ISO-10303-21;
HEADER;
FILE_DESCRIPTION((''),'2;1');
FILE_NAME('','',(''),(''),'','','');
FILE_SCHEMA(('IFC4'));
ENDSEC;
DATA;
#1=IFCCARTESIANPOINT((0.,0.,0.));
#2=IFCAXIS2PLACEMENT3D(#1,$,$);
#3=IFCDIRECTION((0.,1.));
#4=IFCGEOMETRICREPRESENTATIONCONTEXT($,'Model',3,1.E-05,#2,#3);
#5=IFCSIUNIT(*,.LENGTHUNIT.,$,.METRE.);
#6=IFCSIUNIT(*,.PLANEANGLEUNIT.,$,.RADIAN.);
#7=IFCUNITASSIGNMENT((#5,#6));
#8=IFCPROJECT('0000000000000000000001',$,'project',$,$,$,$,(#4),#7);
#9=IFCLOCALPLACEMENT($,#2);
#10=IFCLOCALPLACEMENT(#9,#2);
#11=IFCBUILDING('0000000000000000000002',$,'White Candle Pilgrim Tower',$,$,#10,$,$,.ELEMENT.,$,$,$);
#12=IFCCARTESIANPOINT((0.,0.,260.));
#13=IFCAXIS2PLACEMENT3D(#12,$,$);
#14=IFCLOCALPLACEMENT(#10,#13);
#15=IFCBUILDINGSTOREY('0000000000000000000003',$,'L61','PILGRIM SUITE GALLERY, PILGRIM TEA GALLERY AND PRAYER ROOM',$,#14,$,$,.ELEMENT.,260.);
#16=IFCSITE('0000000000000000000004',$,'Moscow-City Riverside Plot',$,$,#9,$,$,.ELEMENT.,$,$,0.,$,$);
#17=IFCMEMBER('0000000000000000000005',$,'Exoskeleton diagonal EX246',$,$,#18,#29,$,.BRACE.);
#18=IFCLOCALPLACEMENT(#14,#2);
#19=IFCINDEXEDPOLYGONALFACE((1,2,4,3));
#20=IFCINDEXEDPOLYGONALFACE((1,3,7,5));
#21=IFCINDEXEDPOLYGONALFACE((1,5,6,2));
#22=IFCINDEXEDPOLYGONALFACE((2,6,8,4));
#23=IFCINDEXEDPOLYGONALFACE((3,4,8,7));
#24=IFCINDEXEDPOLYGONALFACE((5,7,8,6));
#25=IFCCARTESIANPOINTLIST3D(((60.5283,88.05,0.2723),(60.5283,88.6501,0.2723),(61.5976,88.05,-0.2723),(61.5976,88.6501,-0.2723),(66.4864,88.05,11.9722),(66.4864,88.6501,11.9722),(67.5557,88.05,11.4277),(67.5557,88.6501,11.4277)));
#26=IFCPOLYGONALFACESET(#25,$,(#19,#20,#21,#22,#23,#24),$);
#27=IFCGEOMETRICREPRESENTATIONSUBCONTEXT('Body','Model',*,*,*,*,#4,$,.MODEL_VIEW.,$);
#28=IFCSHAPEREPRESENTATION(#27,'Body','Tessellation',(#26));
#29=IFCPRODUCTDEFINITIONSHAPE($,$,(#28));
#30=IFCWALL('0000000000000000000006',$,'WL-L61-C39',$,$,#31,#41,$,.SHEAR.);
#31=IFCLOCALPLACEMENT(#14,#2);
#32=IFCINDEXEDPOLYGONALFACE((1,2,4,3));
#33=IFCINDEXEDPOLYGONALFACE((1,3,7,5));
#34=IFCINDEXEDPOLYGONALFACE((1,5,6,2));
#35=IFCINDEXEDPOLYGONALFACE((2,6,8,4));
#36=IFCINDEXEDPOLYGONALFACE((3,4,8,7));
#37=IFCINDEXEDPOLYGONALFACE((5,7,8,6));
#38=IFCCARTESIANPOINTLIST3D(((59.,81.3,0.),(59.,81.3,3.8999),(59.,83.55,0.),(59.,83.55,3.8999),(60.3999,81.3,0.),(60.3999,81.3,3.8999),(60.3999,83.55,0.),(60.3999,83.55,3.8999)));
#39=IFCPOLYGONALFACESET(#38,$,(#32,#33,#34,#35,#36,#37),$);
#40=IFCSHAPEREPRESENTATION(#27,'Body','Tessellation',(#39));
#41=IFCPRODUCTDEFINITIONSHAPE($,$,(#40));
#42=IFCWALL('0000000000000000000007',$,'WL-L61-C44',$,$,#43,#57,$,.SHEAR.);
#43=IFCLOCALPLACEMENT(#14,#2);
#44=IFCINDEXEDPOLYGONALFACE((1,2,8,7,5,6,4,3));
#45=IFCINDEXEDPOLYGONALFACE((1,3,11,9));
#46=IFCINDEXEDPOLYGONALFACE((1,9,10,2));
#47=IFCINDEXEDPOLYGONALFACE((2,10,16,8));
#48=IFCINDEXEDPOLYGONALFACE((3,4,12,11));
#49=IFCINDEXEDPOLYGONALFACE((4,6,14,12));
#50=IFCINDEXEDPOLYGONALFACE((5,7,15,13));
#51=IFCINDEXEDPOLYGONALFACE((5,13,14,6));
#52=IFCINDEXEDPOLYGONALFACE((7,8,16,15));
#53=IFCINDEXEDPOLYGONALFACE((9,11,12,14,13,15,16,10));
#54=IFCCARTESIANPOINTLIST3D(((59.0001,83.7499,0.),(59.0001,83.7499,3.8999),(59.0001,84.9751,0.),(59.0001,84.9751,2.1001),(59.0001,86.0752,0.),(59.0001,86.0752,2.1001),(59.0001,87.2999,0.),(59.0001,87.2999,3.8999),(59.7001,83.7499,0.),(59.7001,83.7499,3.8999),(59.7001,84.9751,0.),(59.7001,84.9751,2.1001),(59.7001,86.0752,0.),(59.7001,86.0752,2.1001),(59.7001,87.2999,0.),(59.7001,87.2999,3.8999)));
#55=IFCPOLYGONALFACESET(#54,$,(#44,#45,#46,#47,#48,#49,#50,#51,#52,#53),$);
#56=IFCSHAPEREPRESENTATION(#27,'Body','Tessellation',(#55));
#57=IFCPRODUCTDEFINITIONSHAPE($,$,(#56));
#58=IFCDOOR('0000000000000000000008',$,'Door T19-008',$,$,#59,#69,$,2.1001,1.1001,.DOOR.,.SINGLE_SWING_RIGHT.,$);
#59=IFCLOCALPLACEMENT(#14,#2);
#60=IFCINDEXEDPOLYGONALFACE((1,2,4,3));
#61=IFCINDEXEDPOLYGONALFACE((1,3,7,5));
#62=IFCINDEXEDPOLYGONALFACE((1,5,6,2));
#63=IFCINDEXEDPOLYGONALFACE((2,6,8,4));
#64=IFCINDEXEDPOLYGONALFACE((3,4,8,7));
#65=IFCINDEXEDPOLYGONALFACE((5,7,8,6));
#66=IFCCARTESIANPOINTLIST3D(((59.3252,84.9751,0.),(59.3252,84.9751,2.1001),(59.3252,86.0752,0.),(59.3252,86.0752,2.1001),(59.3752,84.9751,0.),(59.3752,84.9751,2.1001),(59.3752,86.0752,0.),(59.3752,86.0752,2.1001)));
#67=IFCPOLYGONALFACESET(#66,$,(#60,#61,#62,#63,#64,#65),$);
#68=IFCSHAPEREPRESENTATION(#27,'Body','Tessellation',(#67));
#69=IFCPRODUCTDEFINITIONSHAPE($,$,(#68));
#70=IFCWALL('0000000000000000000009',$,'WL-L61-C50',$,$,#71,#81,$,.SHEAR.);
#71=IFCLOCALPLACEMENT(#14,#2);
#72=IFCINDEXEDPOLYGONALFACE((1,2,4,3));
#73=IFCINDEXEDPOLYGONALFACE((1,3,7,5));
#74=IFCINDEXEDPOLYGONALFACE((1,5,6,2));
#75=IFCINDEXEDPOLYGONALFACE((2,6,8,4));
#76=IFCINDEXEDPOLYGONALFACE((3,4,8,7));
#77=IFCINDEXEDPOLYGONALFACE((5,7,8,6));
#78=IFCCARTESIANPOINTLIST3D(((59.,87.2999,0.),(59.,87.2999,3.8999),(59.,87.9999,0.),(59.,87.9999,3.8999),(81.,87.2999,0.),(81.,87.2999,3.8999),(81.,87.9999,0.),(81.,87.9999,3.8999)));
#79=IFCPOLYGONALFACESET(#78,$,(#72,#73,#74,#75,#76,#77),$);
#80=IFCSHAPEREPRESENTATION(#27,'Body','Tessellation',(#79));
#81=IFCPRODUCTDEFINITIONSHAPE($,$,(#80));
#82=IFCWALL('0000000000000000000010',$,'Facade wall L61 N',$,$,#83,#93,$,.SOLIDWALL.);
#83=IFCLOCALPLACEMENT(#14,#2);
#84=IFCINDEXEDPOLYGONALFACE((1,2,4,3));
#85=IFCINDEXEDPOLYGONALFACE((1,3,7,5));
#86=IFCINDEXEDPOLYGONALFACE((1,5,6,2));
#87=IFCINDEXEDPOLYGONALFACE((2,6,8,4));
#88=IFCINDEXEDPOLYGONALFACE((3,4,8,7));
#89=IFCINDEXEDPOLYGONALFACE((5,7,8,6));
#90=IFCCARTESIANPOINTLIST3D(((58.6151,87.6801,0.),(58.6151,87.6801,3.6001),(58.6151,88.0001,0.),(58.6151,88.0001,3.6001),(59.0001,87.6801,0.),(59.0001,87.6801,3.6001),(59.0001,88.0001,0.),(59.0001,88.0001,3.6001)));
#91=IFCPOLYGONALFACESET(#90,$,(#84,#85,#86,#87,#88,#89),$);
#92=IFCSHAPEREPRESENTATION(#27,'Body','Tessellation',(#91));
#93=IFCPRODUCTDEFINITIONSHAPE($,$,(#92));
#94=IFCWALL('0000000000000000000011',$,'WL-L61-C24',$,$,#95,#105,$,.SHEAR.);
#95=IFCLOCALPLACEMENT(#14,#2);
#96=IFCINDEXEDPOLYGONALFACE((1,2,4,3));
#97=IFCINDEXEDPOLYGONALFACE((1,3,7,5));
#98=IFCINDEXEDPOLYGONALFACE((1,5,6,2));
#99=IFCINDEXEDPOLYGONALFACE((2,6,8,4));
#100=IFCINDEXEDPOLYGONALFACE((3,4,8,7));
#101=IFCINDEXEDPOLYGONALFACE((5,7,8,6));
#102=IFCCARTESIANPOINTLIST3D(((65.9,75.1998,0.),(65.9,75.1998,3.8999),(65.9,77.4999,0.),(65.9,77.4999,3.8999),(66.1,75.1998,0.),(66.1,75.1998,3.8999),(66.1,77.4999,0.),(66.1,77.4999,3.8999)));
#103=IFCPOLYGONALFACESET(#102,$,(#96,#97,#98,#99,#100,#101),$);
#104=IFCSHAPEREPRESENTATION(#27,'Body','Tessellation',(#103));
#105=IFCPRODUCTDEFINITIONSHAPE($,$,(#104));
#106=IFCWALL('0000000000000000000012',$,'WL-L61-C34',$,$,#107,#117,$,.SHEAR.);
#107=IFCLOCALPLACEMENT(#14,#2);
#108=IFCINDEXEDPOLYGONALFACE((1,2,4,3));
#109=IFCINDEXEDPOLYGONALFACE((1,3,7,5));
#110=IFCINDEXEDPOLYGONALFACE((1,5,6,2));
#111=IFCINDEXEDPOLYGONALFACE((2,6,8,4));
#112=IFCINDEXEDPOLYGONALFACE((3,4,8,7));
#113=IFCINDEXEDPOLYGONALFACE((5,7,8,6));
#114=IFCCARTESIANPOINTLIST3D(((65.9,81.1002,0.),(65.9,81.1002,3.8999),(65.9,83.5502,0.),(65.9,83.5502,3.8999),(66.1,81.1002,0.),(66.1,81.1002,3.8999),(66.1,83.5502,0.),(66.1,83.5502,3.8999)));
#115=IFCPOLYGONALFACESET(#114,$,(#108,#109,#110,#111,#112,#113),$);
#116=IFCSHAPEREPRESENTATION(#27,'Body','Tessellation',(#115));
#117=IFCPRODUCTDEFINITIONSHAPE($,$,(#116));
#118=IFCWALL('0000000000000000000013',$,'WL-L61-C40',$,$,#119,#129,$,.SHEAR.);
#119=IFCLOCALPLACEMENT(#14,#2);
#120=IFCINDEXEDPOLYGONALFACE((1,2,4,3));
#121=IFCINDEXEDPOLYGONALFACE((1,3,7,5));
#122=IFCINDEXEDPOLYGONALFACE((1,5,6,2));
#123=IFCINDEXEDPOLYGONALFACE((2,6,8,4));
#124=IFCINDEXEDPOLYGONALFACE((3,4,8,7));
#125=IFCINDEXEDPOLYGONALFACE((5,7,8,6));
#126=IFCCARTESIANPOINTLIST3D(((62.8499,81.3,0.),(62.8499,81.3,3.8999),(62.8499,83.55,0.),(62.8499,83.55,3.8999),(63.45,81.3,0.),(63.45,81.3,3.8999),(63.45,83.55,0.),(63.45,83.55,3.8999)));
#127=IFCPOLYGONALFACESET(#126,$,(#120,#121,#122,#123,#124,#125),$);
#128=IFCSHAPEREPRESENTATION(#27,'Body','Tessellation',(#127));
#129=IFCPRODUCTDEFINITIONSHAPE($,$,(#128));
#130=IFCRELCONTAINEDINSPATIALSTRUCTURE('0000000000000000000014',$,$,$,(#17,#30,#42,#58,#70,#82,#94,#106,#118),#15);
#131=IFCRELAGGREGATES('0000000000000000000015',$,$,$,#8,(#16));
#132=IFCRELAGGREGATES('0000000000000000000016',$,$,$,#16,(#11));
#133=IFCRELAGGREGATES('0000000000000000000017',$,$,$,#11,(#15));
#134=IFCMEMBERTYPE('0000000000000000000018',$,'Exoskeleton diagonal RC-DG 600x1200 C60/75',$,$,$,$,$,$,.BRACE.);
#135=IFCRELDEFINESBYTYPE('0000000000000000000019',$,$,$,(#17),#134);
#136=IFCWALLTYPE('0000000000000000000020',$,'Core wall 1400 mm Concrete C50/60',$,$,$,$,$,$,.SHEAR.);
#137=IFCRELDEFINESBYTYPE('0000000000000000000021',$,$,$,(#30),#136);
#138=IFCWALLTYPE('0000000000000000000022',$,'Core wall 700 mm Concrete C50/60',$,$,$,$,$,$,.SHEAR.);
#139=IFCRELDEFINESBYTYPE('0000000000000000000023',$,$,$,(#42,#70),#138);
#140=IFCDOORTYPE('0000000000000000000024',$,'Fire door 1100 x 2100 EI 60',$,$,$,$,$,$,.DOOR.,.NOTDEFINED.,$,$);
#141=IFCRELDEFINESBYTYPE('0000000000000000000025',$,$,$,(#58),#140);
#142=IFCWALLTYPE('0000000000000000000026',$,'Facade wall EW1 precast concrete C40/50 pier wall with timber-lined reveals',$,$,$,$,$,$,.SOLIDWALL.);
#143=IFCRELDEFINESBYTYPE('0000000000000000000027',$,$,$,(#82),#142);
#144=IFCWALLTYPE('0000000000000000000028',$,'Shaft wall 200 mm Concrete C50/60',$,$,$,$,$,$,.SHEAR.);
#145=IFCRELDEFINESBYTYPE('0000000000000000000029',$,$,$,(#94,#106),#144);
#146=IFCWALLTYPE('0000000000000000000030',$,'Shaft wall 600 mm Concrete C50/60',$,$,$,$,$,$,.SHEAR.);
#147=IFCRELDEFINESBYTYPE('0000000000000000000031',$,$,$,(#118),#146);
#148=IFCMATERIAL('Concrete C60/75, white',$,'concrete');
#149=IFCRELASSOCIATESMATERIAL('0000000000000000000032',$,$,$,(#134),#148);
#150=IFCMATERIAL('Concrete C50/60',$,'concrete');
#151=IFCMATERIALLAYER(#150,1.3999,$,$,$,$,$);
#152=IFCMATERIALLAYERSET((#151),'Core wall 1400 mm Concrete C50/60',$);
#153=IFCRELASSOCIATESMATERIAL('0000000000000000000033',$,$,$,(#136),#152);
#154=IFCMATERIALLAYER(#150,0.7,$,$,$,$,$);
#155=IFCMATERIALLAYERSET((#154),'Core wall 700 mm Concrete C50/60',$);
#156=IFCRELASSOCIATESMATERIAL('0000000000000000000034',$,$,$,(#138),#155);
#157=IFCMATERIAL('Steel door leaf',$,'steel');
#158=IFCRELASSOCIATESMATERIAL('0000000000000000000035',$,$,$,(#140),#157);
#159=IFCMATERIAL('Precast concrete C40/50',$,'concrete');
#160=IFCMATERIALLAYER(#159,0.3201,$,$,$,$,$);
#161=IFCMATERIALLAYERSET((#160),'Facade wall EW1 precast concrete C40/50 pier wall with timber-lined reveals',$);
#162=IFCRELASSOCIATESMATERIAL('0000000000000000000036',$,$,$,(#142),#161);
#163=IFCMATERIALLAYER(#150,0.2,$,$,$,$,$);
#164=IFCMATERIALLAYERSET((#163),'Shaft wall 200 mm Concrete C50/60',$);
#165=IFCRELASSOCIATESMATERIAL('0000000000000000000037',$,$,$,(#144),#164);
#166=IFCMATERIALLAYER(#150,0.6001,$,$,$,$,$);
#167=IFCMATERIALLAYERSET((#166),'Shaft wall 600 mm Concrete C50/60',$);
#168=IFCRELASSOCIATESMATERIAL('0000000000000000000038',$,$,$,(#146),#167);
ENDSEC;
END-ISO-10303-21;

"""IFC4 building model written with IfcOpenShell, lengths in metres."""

from ifc_helpers import new_model, si_unit, direction, frame, frame_2d, origin, origin_2d, place, context, subcontext, project, spatial, rectangle, extrude, material, layer, layer_set, material_profile, profile_set, type_object, element, fill, save


model = new_model("IFC4")

# Units and contexts
model_context = context("Model", 3, precision=1e-05, world=origin(), true_north=direction((0.0, 1.0)))
body_context = subcontext(model_context, "Body", "Model", "MODEL_VIEW")
ifc_project = project(units=[si_unit("LENGTHUNIT", "METRE"), si_unit("PLANEANGLEUNIT", "RADIAN")], contexts=[model_context])

# Site, building, storey
site_placement = place(None, origin())
site = spatial("IfcSite", under=ifc_project, at=site_placement, Name="Moscow-City Riverside Plot", CompositionType="ELEMENT", RefElevation=0.0)
building_placement = place(site_placement, origin())
building = spatial("IfcBuilding", under=site, at=building_placement, Name="White Candle Pilgrim Tower", CompositionType="ELEMENT")
storey_placement = place(building_placement, frame((0.0, 0.0, 260.0)))
storey = spatial("IfcBuildingStorey", under=building, at=storey_placement, Name="L61", Description="PILGRIM SUITE GALLERY, PILGRIM TEA GALLERY AND PRAYER ROOM", CompositionType="ELEMENT", Elevation=260.0)

# Member
ifc_material_1 = material(Name="Concrete C60/75, white", Category="concrete")
ifc_material_profile = material_profile(ifc_material_1, rectangle(XDim=0.6001, YDim=1.2, at=origin_2d()), Name="RC-DG 600x1200")
ifc_profile_set = profile_set([ifc_material_profile], Name="Concrete C60/75, white")
member_type = type_object("IfcMemberType", Name="Exoskeleton diagonal RC-DG 600x1200 C60/75", PredefinedType="BRACE", material=ifc_profile_set)
member_placement = place(storey_placement, frame((61.063, 88.3501, 0.0), z_axis=(0.453784, 0.0, 0.891112), x_axis=(0.0, 1.0, 0.0)))
element("IfcMember", 1, at=member_placement, inside=storey, type_object=member_type, Name="Exoskeleton diagonal EX246", PredefinedType="BRACE", context=body_context, shape_type="SweptSolid", body=[
    extrude(rectangle(XDim=0.6001, YDim=1.2, at=origin_2d()), origin(), (0.0, 0.0, 1.0), 13.1296),
])

# Wall
ifc_material_2 = material(Name="Concrete C50/60", Category="concrete")
ifc_layer_1 = layer(ifc_material_2, 1.3999)
ifc_layer_set_1 = layer_set([ifc_layer_1], Name="Core wall 1400 mm Concrete C50/60")
wall_type_1 = type_object("IfcWallType", Name="Core wall 1400 mm Concrete C50/60", PredefinedType="SHEAR", material=ifc_layer_set_1)
wall_1_placement = place(storey_placement, frame((59.7, 81.3, 0.0), z_axis=(0.0, 0.0, 1.0), x_axis=(0.0, 1.0, 0.0)))
element("IfcWall", 2, at=wall_1_placement, inside=storey, type_object=wall_type_1, Name="WL-L61-C39", PredefinedType="SHEAR", context=body_context, shape_type="SweptSolid", body=[
    extrude(rectangle(XDim=2.25, YDim=1.3999, at=frame_2d((1.125, 0.0))), origin(), (0.0, 0.0, 1.0), 3.8999),
])

# Wall, opening, door
ifc_layer_2 = layer(ifc_material_2, 0.7)
ifc_layer_set_2 = layer_set([ifc_layer_2], Name="Core wall 700 mm Concrete C50/60")
wall_type_2 = type_object("IfcWallType", Name="Core wall 700 mm Concrete C50/60", PredefinedType="SHEAR", material=ifc_layer_set_2)
wall_2_placement = place(storey_placement, frame((59.3501, 83.75, 0.0), z_axis=(0.0, 0.0, 1.0), x_axis=(0.0, 1.0, 0.0)))
wall_2 = element("IfcWall", 3, at=wall_2_placement, inside=storey, type_object=wall_type_2, Name="WL-L61-C44", PredefinedType="SHEAR", context=body_context, shape_type="SweptSolid", body=[
    extrude(rectangle(XDim=3.55, YDim=0.7, at=frame_2d((1.7749, 0.0))), origin(), (0.0, 0.0, 1.0), 3.8999),
])
opening_1_placement = place(wall_2_placement, frame((1.2251, 0.0, 0.0)))
opening_1 = element("IfcOpeningElement", 4, at=opening_1_placement, cuts=wall_2, PredefinedType="OPENING", context=body_context, shape_type="SweptSolid", body=[
    extrude(rectangle(XDim=1.1001, YDim=2.1001, at=frame_2d((0.55, 1.05))), frame((0.0, 0.3599, 0.0), z_axis=(0.0, -1.0, 0.0), x_axis=(1.0, 0.0, 0.0)), (0.0, 0.0, 1.0), 0.72),
])
ifc_material_3 = material(Name="Steel door leaf", Category="steel")
door_type_1 = type_object("IfcDoorType", Name="Fire door 1100 x 2100 EI 60", OperationType="NOTDEFINED", PredefinedType="DOOR", material=ifc_material_3)
door_1_placement = place(opening_1_placement, origin())
door_1 = element("IfcDoor", 5, at=door_1_placement, inside=storey, type_object=door_type_1, Name="Door T19-008", OperationType="SINGLE_SWING_RIGHT", OverallHeight=2.1001, OverallWidth=1.1001, PredefinedType="DOOR", context=body_context, shape_type="SweptSolid", body=[
    extrude(rectangle(XDim=1.1001, YDim=2.1001, at=frame_2d((0.55, 1.05))), frame((0.0, 0.0249, 0.0), z_axis=(0.0, -1.0, 0.0), x_axis=(1.0, 0.0, 0.0)), (0.0, 0.0, 1.0), 0.05),
])
fill(opening_1, door_1)

# Walls
wall_3_placement = place(storey_placement, frame((59.0, 87.6499, 0.0), z_axis=(0.0, 0.0, 1.0), x_axis=(1.0, 0.0, 0.0)))
element("IfcWall", 6, at=wall_3_placement, inside=storey, type_object=wall_type_2, Name="WL-L61-C50", PredefinedType="SHEAR", context=body_context, shape_type="SweptSolid", body=[
    extrude(rectangle(XDim=22.0, YDim=0.7, at=frame_2d((11.0, 0.0))), origin(), (0.0, 0.0, 1.0), 3.8999),
])
ifc_material_4 = material(Name="Precast concrete C40/50", Category="concrete")
ifc_layer_3 = layer(ifc_material_4, 0.3201)
ifc_layer_set_3 = layer_set([ifc_layer_3], Name="Facade wall EW1 precast concrete C40/50 pier wall with timber-lined reveals")
wall_type_3 = type_object("IfcWallType", Name="Facade wall EW1 precast concrete C40/50 pier wall with timber-lined reveals", PredefinedType="SOLIDWALL", material=ifc_layer_set_3)
wall_4_placement = place(storey_placement, frame((59.0, 87.8401, 0.0), z_axis=(0.0, 0.0, 1.0), x_axis=(-1.0, 0.0, 0.0)))
element("IfcWall", 7, at=wall_4_placement, inside=storey, type_object=wall_type_3, Name="Facade wall L61 N", PredefinedType="SOLIDWALL", context=body_context, shape_type="SweptSolid", body=[
    extrude(rectangle(XDim=0.385, YDim=0.3201, at=frame_2d((0.1924, 0.0))), origin(), (0.0, 0.0, 1.0), 3.6001),
])
ifc_layer_4 = layer(ifc_material_2, 0.2)
ifc_layer_set_4 = layer_set([ifc_layer_4], Name="Shaft wall 200 mm Concrete C50/60")
wall_type_4 = type_object("IfcWallType", Name="Shaft wall 200 mm Concrete C50/60", PredefinedType="SHEAR", material=ifc_layer_set_4)
wall_5_placement = place(storey_placement, frame((66.0, 75.2, 0.0), z_axis=(0.0, 0.0, 1.0), x_axis=(0.0, 1.0, 0.0)))
element("IfcWall", 8, at=wall_5_placement, inside=storey, type_object=wall_type_4, Name="WL-L61-C24", PredefinedType="SHEAR", context=body_context, shape_type="SweptSolid", body=[
    extrude(rectangle(XDim=2.3, YDim=0.2, at=frame_2d((1.1499, 0.0))), origin(), (0.0, 0.0, 1.0), 3.8999),
])
wall_6_placement = place(storey_placement, frame((66.0, 81.1001, 0.0), z_axis=(0.0, 0.0, 1.0), x_axis=(0.0, 1.0, 0.0)))
element("IfcWall", 9, at=wall_6_placement, inside=storey, type_object=wall_type_4, Name="WL-L61-C34", PredefinedType="SHEAR", context=body_context, shape_type="SweptSolid", body=[
    extrude(rectangle(XDim=2.45, YDim=0.2, at=frame_2d((1.2251, 0.0))), origin(), (0.0, 0.0, 1.0), 3.8999),
])
ifc_layer_5 = layer(ifc_material_2, 0.6001)
ifc_layer_set_5 = layer_set([ifc_layer_5], Name="Shaft wall 600 mm Concrete C50/60")
wall_type_5 = type_object("IfcWallType", Name="Shaft wall 600 mm Concrete C50/60", PredefinedType="SHEAR", material=ifc_layer_set_5)
wall_7_placement = place(storey_placement, frame((63.1499, 81.3, 0.0), z_axis=(0.0, 0.0, 1.0), x_axis=(0.0, 1.0, 0.0)))
element("IfcWall", 10, at=wall_7_placement, inside=storey, type_object=wall_type_5, Name="WL-L61-C40", PredefinedType="SHEAR", context=body_context, shape_type="SweptSolid", body=[
    extrude(rectangle(XDim=2.25, YDim=0.6001, at=frame_2d((1.125, 0.0))), origin(), (0.0, 0.0, 1.0), 3.8999),
])

save(model, "model.ifc")
